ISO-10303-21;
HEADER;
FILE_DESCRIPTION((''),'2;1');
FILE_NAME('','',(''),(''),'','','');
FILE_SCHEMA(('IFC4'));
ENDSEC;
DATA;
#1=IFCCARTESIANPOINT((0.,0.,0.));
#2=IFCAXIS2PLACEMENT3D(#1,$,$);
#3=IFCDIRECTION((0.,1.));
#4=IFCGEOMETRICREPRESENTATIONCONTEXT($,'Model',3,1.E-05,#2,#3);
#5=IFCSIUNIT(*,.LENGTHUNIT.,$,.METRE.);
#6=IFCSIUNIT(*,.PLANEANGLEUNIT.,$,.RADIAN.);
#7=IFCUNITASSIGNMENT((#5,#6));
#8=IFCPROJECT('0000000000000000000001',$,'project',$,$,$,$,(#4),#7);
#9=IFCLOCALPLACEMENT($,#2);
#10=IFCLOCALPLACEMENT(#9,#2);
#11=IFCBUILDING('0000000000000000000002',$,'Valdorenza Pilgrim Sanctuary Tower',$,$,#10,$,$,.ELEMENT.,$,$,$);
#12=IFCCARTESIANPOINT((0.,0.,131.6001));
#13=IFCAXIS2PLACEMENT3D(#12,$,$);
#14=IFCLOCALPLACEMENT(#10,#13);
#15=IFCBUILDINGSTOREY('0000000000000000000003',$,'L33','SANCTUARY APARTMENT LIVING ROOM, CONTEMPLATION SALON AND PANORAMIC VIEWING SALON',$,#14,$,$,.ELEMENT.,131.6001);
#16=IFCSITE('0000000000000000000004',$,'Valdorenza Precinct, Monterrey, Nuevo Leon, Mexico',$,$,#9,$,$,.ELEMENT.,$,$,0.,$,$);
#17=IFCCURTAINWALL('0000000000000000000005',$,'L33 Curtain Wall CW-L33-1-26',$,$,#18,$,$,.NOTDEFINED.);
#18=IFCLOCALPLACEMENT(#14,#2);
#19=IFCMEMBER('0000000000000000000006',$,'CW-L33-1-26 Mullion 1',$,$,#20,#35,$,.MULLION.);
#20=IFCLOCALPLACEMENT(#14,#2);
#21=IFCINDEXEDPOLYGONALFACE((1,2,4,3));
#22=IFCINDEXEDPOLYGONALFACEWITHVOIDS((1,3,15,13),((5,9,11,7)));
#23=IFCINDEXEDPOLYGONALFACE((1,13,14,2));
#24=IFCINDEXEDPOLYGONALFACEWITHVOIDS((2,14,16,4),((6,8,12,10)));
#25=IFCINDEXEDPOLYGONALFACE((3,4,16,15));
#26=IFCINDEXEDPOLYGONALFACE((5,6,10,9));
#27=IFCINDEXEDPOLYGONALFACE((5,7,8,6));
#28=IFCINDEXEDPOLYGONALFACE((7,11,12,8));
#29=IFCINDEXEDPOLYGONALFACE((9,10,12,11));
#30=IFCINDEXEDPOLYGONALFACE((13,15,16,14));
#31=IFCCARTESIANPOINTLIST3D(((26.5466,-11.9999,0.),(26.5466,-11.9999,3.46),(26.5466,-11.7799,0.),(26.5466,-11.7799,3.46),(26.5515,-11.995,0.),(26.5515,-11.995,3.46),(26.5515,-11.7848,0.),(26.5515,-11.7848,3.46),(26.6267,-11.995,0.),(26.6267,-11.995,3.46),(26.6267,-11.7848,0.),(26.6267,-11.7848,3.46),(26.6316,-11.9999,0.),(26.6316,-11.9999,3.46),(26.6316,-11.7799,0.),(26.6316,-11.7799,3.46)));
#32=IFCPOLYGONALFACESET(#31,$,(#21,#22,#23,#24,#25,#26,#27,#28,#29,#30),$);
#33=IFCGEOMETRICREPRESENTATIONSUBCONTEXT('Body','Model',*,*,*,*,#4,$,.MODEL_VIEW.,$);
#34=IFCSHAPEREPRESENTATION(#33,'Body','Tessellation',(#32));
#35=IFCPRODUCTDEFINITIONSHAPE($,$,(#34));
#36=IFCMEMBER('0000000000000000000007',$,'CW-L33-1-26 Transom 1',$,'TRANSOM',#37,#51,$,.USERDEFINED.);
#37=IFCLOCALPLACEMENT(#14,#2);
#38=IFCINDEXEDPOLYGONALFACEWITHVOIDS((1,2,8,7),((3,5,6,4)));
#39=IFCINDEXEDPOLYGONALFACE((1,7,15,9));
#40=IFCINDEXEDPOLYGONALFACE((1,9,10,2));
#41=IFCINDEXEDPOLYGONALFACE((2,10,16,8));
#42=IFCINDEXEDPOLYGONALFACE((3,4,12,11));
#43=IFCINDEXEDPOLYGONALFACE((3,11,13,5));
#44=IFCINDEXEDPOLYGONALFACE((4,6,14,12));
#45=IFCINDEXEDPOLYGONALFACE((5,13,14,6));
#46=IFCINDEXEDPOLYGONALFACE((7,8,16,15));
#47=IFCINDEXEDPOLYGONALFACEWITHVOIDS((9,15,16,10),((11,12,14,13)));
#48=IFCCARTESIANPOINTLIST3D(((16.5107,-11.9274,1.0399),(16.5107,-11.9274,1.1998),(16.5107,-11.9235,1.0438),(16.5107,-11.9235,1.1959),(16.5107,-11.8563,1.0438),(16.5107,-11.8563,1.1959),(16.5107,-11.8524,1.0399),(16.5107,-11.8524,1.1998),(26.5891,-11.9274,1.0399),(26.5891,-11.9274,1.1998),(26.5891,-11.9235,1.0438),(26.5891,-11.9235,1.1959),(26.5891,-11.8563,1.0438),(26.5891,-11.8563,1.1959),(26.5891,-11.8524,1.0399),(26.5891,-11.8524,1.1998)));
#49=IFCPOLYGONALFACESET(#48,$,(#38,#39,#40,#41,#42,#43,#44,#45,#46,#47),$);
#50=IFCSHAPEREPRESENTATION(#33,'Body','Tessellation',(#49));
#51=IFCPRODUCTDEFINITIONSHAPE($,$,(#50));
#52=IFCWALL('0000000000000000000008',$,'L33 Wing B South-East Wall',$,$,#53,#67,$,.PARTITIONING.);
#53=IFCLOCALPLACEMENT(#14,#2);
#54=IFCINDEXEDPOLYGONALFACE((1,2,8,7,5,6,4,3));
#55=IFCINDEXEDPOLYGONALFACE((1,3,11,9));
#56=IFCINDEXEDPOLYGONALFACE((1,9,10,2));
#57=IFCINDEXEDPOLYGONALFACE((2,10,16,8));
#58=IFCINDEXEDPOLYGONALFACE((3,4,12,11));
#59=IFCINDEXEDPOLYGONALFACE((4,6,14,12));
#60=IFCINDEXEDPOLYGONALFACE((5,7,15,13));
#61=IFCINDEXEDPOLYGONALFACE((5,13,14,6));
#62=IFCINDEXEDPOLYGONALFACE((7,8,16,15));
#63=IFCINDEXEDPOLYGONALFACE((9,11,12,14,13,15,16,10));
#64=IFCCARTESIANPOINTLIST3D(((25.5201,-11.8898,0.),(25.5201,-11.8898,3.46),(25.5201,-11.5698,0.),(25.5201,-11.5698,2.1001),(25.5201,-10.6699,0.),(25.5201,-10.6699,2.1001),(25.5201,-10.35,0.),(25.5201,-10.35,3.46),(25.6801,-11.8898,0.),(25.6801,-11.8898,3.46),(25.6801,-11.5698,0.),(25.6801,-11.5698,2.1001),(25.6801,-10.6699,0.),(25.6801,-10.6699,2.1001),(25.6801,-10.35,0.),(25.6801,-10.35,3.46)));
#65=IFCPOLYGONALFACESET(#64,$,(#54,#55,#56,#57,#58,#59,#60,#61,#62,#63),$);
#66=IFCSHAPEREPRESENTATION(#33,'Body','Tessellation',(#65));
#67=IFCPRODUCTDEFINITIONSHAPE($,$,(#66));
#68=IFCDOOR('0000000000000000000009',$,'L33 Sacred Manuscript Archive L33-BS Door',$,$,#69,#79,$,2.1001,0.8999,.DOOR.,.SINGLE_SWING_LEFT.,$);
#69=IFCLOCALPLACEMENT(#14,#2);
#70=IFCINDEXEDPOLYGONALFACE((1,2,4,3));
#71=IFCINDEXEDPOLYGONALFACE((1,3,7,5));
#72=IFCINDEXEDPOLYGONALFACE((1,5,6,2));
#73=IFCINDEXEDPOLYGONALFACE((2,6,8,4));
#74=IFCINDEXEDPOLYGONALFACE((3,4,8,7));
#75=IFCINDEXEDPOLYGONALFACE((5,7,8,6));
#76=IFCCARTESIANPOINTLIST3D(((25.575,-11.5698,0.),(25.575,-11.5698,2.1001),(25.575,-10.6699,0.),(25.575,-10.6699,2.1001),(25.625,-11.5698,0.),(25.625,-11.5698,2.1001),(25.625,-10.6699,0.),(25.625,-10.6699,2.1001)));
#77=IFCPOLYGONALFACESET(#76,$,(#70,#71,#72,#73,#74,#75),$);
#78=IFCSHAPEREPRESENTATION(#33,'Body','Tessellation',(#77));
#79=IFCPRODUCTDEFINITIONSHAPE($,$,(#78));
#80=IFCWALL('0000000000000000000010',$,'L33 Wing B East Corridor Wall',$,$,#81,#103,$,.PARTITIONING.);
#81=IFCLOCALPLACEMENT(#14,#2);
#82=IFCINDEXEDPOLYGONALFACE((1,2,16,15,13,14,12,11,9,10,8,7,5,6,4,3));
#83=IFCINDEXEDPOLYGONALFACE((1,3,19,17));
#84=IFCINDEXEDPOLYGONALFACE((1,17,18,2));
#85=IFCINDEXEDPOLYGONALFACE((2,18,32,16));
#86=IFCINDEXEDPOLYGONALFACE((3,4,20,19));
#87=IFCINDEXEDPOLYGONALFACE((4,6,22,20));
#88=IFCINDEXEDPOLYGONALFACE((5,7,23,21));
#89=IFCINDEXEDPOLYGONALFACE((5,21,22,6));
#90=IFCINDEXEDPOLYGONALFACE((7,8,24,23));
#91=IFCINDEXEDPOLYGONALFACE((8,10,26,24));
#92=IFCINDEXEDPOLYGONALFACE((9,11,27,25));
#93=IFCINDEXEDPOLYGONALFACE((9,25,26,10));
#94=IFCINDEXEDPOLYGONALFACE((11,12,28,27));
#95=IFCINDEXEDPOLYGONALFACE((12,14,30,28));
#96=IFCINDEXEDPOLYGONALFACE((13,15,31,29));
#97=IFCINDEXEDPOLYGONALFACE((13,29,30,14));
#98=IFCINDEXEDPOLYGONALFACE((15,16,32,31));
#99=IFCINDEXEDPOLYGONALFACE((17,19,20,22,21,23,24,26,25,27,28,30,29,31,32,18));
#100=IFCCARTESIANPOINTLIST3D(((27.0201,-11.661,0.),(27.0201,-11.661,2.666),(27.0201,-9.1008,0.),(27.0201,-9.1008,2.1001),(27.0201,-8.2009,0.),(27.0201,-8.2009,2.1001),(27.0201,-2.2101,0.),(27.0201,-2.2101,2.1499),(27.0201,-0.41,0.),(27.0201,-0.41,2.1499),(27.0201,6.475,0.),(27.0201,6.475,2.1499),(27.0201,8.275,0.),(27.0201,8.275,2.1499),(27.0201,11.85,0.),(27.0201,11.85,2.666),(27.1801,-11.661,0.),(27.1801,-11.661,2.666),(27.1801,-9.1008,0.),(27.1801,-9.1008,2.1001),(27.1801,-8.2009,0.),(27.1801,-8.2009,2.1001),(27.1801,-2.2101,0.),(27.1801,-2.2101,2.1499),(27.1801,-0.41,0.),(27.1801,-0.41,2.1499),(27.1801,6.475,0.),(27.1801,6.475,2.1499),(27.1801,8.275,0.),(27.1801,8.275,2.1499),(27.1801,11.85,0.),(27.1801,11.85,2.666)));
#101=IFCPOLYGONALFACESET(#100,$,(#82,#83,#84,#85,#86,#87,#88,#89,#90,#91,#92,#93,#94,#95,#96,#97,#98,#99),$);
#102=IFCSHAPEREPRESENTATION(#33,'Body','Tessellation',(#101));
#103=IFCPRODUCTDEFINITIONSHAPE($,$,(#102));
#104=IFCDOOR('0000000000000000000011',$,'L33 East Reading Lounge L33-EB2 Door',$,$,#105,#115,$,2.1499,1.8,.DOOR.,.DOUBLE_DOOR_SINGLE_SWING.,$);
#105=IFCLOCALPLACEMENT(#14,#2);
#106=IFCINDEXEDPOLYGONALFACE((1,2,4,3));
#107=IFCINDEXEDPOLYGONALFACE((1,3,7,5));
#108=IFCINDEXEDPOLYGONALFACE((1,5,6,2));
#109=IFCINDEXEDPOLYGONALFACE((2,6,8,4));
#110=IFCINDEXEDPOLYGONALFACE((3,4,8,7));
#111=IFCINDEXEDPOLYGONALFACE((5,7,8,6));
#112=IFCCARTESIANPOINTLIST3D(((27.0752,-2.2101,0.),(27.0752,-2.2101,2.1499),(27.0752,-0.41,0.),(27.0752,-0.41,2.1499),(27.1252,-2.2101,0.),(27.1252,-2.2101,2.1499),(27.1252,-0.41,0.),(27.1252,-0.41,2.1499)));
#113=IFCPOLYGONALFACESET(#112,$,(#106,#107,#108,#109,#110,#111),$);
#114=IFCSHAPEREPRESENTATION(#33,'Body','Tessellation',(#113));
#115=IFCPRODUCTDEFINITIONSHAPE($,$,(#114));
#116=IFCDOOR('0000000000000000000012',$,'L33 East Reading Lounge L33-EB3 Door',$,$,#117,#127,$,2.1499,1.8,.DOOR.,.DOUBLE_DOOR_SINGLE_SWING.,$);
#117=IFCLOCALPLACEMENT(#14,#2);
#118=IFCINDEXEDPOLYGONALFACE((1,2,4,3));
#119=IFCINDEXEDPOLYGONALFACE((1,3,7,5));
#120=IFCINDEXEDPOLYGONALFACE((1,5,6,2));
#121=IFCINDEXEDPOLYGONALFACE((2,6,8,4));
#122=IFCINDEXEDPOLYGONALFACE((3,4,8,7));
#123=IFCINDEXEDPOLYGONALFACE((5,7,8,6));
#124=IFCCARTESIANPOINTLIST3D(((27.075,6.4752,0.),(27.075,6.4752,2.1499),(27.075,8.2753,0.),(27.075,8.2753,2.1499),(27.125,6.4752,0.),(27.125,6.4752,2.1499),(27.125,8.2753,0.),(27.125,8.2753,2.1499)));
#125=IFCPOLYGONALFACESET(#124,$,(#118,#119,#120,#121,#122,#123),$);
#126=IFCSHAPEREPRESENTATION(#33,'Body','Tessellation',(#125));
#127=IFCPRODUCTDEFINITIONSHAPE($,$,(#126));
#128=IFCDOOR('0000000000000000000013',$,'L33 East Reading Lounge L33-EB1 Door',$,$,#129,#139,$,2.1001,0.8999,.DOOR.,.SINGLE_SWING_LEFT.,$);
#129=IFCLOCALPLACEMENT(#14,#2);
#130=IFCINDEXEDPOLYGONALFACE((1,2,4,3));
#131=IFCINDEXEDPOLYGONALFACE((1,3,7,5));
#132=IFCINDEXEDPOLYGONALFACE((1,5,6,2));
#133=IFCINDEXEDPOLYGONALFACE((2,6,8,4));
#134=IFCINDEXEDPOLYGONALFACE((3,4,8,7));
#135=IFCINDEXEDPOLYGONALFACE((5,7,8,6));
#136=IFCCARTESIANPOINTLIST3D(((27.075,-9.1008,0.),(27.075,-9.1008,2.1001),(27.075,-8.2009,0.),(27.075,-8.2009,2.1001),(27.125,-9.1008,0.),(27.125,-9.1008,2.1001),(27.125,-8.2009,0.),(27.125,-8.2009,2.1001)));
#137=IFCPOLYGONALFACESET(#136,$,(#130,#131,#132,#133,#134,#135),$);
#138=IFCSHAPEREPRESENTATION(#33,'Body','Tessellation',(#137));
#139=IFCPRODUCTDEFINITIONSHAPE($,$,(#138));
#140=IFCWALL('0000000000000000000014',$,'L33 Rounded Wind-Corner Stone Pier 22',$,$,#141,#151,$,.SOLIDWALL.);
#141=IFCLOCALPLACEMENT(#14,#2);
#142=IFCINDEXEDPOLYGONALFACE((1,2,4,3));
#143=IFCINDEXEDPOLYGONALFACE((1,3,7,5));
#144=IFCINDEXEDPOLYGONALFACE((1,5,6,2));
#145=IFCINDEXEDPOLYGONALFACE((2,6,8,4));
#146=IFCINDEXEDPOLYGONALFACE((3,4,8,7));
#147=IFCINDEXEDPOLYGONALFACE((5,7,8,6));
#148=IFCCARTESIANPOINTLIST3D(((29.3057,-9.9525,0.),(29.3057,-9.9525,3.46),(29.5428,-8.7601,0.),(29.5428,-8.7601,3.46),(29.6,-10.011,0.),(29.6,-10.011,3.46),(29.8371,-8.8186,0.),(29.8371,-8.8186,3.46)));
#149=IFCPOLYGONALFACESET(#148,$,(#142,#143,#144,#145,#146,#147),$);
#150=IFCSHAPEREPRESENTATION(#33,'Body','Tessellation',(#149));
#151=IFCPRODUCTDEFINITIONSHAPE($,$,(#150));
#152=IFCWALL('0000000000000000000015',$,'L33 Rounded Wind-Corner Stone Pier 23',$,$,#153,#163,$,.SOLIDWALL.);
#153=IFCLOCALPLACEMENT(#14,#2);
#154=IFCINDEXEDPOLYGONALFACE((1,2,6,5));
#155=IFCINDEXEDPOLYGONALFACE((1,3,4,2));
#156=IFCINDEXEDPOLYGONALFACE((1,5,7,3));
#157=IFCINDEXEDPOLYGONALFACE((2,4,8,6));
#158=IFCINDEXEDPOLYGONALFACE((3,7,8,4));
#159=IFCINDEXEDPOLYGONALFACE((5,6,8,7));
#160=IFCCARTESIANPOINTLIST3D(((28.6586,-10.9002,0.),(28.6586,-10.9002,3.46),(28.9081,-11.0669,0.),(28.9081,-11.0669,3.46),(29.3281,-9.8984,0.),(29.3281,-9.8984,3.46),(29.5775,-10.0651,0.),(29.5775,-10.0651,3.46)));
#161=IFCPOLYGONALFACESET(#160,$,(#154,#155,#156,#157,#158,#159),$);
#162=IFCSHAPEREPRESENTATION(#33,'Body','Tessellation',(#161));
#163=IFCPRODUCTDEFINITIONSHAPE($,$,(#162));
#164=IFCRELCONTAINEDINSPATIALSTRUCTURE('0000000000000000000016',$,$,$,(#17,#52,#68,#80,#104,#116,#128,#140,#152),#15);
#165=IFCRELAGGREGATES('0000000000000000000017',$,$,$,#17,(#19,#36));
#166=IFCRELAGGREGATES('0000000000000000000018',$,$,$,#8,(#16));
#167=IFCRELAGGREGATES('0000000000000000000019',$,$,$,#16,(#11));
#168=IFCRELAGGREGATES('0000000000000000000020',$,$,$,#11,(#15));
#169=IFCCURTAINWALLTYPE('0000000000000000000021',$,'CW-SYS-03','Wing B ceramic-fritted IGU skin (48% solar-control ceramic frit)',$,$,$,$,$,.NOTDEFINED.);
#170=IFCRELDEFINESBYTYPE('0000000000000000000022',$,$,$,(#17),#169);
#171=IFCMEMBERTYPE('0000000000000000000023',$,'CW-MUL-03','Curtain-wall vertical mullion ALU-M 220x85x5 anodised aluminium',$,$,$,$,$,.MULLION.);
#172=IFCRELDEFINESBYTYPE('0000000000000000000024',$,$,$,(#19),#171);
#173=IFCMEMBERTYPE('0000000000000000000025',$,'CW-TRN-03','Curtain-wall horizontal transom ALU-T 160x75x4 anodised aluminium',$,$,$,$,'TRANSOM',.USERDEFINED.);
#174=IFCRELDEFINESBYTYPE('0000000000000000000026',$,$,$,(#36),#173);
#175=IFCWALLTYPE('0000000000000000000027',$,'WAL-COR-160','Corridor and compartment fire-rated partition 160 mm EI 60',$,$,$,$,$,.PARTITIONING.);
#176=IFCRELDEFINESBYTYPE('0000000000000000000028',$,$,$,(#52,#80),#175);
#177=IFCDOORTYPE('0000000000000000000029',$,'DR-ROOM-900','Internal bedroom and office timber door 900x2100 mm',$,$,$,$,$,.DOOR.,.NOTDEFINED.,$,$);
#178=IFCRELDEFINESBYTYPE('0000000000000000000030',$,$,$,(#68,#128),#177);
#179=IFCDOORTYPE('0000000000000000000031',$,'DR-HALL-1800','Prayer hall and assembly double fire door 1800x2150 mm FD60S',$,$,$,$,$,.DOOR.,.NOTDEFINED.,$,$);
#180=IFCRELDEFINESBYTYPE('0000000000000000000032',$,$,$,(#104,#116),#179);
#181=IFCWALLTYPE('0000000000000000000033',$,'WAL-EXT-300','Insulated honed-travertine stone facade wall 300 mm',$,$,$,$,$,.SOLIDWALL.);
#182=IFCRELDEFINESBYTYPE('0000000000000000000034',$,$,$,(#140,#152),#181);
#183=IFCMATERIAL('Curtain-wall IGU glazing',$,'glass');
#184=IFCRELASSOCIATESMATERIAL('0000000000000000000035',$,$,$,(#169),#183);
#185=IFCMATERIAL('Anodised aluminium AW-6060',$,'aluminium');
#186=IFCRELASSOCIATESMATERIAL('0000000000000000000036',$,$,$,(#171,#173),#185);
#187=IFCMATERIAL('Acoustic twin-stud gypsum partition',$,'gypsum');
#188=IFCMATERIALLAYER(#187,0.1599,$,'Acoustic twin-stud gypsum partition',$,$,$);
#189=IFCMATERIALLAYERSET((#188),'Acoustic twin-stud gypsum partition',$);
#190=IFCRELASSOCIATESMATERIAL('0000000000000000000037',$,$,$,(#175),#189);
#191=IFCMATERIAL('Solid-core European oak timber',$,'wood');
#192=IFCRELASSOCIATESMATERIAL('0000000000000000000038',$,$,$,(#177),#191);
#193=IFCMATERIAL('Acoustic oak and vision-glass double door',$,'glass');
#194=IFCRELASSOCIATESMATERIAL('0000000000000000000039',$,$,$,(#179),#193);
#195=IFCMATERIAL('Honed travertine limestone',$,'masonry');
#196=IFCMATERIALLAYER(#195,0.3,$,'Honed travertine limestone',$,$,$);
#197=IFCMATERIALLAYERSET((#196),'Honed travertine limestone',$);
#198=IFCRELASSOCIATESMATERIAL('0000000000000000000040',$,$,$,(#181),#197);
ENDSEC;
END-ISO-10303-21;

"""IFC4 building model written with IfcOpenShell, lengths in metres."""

from ifc_helpers import new_model, si_unit, direction, frame, frame_2d, origin, origin_2d, place, context, subcontext, project, spatial, rectangle, hollow_rectangle, extrude, source, transform, mapped, material, layer, layer_set, material_profile, profile_set, type_object, element, fill, aggregate, save


model = new_model("IFC4")

# Units and contexts
model_context = context("Model", 3, precision=1e-05, world=origin(), true_north=direction((0.0, 1.0)))
body_context = subcontext(model_context, "Body", "Model", "MODEL_VIEW")
ifc_project = project(units=[si_unit("LENGTHUNIT", "METRE"), si_unit("PLANEANGLEUNIT", "RADIAN")], contexts=[model_context])

# Site, building, storey
site_placement = place(None, origin())
site = spatial("IfcSite", under=ifc_project, at=site_placement, Name="Valdorenza Precinct, Monterrey, Nuevo Leon, Mexico", CompositionType="ELEMENT", RefElevation=0.0)
building_placement = place(site_placement, origin())
building = spatial("IfcBuilding", under=site, at=building_placement, Name="Valdorenza Pilgrim Sanctuary Tower", CompositionType="ELEMENT")
storey_placement = place(building_placement, frame((0.0, 0.0, 131.6001)))
storey = spatial("IfcBuildingStorey", under=building, at=storey_placement, Name="L33", Description="SANCTUARY APARTMENT LIVING ROOM, CONTEMPLATION SALON AND PANORAMIC VIEWING SALON", CompositionType="ELEMENT", Elevation=131.6001)

# Shared definitions
ifc_material_1 = material(Name="Curtain-wall IGU glazing", Category="glass")
curtain_wall_type = type_object("IfcCurtainWallType", Name="CW-SYS-03", Description="Wing B ceramic-fritted IGU skin (48% solar-control ceramic frit)", PredefinedType="NOTDEFINED", material=ifc_material_1)
ifc_material_2 = material(Name="Anodised aluminium AW-6060", Category="aluminium")
ifc_material_profile_1 = material_profile(ifc_material_2, hollow_rectangle(XDim=0.085, YDim=0.22, WallThickness=0.0049, at=origin_2d()), Name="ALU-M 220x85x5")
ifc_profile_set_1 = profile_set([ifc_material_profile_1], Name="Anodised aluminium AW-6060")
member_type_1 = type_object("IfcMemberType", Name="CW-MUL-03", Description="Curtain-wall vertical mullion ALU-M 220x85x5 anodised aluminium", PredefinedType="MULLION", material=ifc_profile_set_1)
shared_shape_1 = source(origin(), body_context, "Body", "SweptSolid", [
    extrude(hollow_rectangle(XDim=0.085, YDim=0.22, WallThickness=0.0049, at=origin_2d()), origin(), (0.0, 0.0, 1.0), 3.46),
])

# Curtain wall, members
curtain_wall_1_placement = place(storey_placement, origin())
curtain_wall_1 = element("IfcCurtainWall", 1, at=curtain_wall_1_placement, inside=storey, type_object=curtain_wall_type, Name="L33 Curtain Wall CW-L33-1-26", PredefinedType="NOTDEFINED")
member_1_placement = place(storey_placement, frame((26.5891, -11.8899, 0.0), z_axis=(0.0, 0.0, 1.0), x_axis=(-1.0, 0.0, 0.0)))
member_1 = element("IfcMember", 2, at=member_1_placement, type_object=member_type_1, Name="CW-L33-1-26 Mullion 1", PredefinedType="MULLION", context=body_context, shape_type="MappedRepresentation", body=[
    mapped(shared_shape_1, transform((0.0, 0.0, 0.0), x_axis=(1.0, 0.0, 0.0), y_axis=(0.0, 1.0, 0.0), z_axis=(0.0, 0.0, 1.0), scale=1.0)),
])
ifc_material_profile_2 = material_profile(ifc_material_2, hollow_rectangle(XDim=0.075, YDim=0.1599, WallThickness=0.0039, at=origin_2d()), Name="ALU-T 160x75x4")
ifc_profile_set_2 = profile_set([ifc_material_profile_2], Name="Anodised aluminium AW-6060")
member_type_2 = type_object("IfcMemberType", Name="CW-TRN-03", Description="Curtain-wall horizontal transom ALU-T 160x75x4 anodised aluminium", ElementType="TRANSOM", PredefinedType="USERDEFINED", material=ifc_profile_set_2)
shared_shape_2 = source(origin(), body_context, "Body", "SweptSolid", [
    extrude(hollow_rectangle(XDim=0.075, YDim=0.1599, WallThickness=0.0039, at=origin_2d()), origin(), (0.0, 0.0, 1.0), 10.0784),
])
member_2_placement = place(storey_placement, frame((26.5891, -11.8899, 1.1199), z_axis=(-1.0, 0.0, 0.0), x_axis=(0.0, -1.0, 0.0)))
member_2 = element("IfcMember", 3, at=member_2_placement, type_object=member_type_2, Name="CW-L33-1-26 Transom 1", ObjectType="TRANSOM", PredefinedType="USERDEFINED", context=body_context, shape_type="MappedRepresentation", body=[
    mapped(shared_shape_2, transform((0.0, 0.0, 0.0), x_axis=(1.0, 0.0, 0.0), y_axis=(0.0, 1.0, 0.0), z_axis=(0.0, 0.0, 1.0), scale=1.0)),
])
aggregate(curtain_wall_1, [member_1, member_2])

# Wall, opening, door
ifc_material_3 = material(Name="Acoustic twin-stud gypsum partition", Category="gypsum")
ifc_layer_1 = layer(ifc_material_3, 0.1599, Name="Acoustic twin-stud gypsum partition")
ifc_layer_set_1 = layer_set([ifc_layer_1], Name="Acoustic twin-stud gypsum partition")
wall_type_1 = type_object("IfcWallType", Name="WAL-COR-160", Description="Corridor and compartment fire-rated partition 160 mm EI 60", PredefinedType="PARTITIONING", material=ifc_layer_set_1)
wall_1_placement = place(storey_placement, frame((25.6001, -11.8899, 0.0), z_axis=(0.0, 0.0, 1.0), x_axis=(0.0, 1.0, 0.0)))
wall_1 = element("IfcWall", 4, at=wall_1_placement, inside=storey, type_object=wall_type_1, Name="L33 Wing B South-East Wall", PredefinedType="PARTITIONING", context=body_context, shape_type="SweptSolid", body=[
    extrude(rectangle(XDim=1.5398, YDim=0.1599, at=frame_2d((0.77, 0.0))), origin(), (0.0, 0.0, 1.0), 3.46),
])
opening_1_placement = place(wall_1_placement, frame((0.3201, 0.0, 0.0)))
opening_1 = element("IfcOpeningElement", 5, at=opening_1_placement, cuts=wall_1, PredefinedType="OPENING", context=body_context, shape_type="SweptSolid", body=[
    extrude(rectangle(XDim=0.8999, YDim=2.1001, at=frame_2d((0.45, 1.05))), frame((0.0, 0.0947, 0.0), z_axis=(0.0, -1.0, 0.0), x_axis=(1.0, 0.0, 0.0)), (0.0, 0.0, 1.0), 0.1897),
])
ifc_material_4 = material(Name="Solid-core European oak timber", Category="wood")
door_type_1 = type_object("IfcDoorType", Name="DR-ROOM-900", Description="Internal bedroom and office timber door 900x2100 mm", OperationType="NOTDEFINED", PredefinedType="DOOR", material=ifc_material_4)
door_1_placement = place(opening_1_placement, frame((0.8999, 0.0, 0.0), z_axis=(0.0, 0.0, 1.0), x_axis=(-1.0, 0.0, 0.0)))
door_1 = element("IfcDoor", 6, at=door_1_placement, inside=storey, type_object=door_type_1, Name="L33 Sacred Manuscript Archive L33-BS Door", OperationType="SINGLE_SWING_LEFT", OverallHeight=2.1001, OverallWidth=0.8999, PredefinedType="DOOR", context=body_context, shape_type="SweptSolid", body=[
    extrude(rectangle(XDim=0.8999, YDim=2.1001, at=frame_2d((0.45, 1.05))), frame((0.0, 0.0249, 0.0), z_axis=(0.0, -1.0, 0.0), x_axis=(1.0, 0.0, 0.0)), (0.0, 0.0, 1.0), 0.05),
])
fill(opening_1, door_1)

# Wall, openings, doors
wall_2_placement = place(storey_placement, frame((27.1001, -11.6609, 0.0), z_axis=(0.0, 0.0, 1.0), x_axis=(0.0, 1.0, 0.0)))
wall_2 = element("IfcWall", 7, at=wall_2_placement, inside=storey, type_object=wall_type_1, Name="L33 Wing B East Corridor Wall", PredefinedType="PARTITIONING", context=body_context, shape_type="SweptSolid", body=[
    extrude(rectangle(XDim=23.511, YDim=0.1599, at=frame_2d((11.7554, 0.0))), origin(), (0.0, 0.0, 1.0), 2.666),
])
opening_2_placement = place(wall_2_placement, frame((2.5601, 0.0, 0.0)))
opening_2 = element("IfcOpeningElement", 8, at=opening_2_placement, cuts=wall_2, PredefinedType="OPENING", context=body_context, shape_type="SweptSolid", body=[
    extrude(rectangle(XDim=0.8999, YDim=2.1001, at=frame_2d((0.45, 1.05))), frame((0.0, 0.0947, 0.0), z_axis=(0.0, -1.0, 0.0), x_axis=(1.0, 0.0, 0.0)), (0.0, 0.0, 1.0), 0.1897),
])
opening_3_placement = place(wall_2_placement, frame((9.4509, 0.0, 0.0)))
opening_3 = element("IfcOpeningElement", 9, at=opening_3_placement, cuts=wall_2, PredefinedType="OPENING", context=body_context, shape_type="SweptSolid", body=[
    extrude(rectangle(XDim=1.8, YDim=2.1499, at=frame_2d((0.8999, 1.075))), frame((0.0, 0.0947, 0.0), z_axis=(0.0, -1.0, 0.0), x_axis=(1.0, 0.0, 0.0)), (0.0, 0.0, 1.0), 0.1897),
])
opening_4_placement = place(wall_2_placement, frame((18.136, 0.0, 0.0)))
opening_4 = element("IfcOpeningElement", 10, at=opening_4_placement, cuts=wall_2, PredefinedType="OPENING", context=body_context, shape_type="SweptSolid", body=[
    extrude(rectangle(XDim=1.8, YDim=2.1499, at=frame_2d((0.8999, 1.075))), frame((0.0, 0.0947, 0.0), z_axis=(0.0, -1.0, 0.0), x_axis=(1.0, 0.0, 0.0)), (0.0, 0.0, 1.0), 0.1897),
])
ifc_material_5 = material(Name="Acoustic oak and vision-glass double door", Category="glass")
door_type_2 = type_object("IfcDoorType", Name="DR-HALL-1800", Description="Prayer hall and assembly double fire door 1800x2150 mm FD60S", OperationType="NOTDEFINED", PredefinedType="DOOR", material=ifc_material_5)
door_2_placement = place(opening_3_placement, origin())
door_2 = element("IfcDoor", 11, at=door_2_placement, inside=storey, type_object=door_type_2, Name="L33 East Reading Lounge L33-EB2 Door", OperationType="DOUBLE_DOOR_SINGLE_SWING", OverallHeight=2.1499, OverallWidth=1.8, PredefinedType="DOOR", context=body_context, shape_type="SweptSolid", body=[
    extrude(rectangle(XDim=1.8, YDim=2.1499, at=frame_2d((0.8999, 1.075))), frame((0.0, 0.0249, 0.0), z_axis=(0.0, -1.0, 0.0), x_axis=(1.0, 0.0, 0.0)), (0.0, 0.0, 1.0), 0.05),
])
fill(opening_3, door_2)
door_3_placement = place(opening_4_placement, frame((1.8, 0.0, 0.0), z_axis=(0.0, 0.0, 1.0), x_axis=(-1.0, 0.0, 0.0)))
door_3 = element("IfcDoor", 12, at=door_3_placement, inside=storey, type_object=door_type_2, Name="L33 East Reading Lounge L33-EB3 Door", OperationType="DOUBLE_DOOR_SINGLE_SWING", OverallHeight=2.1499, OverallWidth=1.8, PredefinedType="DOOR", context=body_context, shape_type="SweptSolid", body=[
    extrude(rectangle(XDim=1.8, YDim=2.1499, at=frame_2d((0.8999, 1.075))), frame((0.0, 0.0249, 0.0), z_axis=(0.0, -1.0, 0.0), x_axis=(1.0, 0.0, 0.0)), (0.0, 0.0, 1.0), 0.05),
])
fill(opening_4, door_3)
door_4_placement = place(opening_2_placement, frame((0.8999, 0.0, 0.0), z_axis=(0.0, 0.0, 1.0), x_axis=(-1.0, 0.0, 0.0)))
door_4 = element("IfcDoor", 13, at=door_4_placement, inside=storey, type_object=door_type_1, Name="L33 East Reading Lounge L33-EB1 Door", OperationType="SINGLE_SWING_LEFT", OverallHeight=2.1001, OverallWidth=0.8999, PredefinedType="DOOR", context=body_context, shape_type="SweptSolid", body=[
    extrude(rectangle(XDim=0.8999, YDim=2.1001, at=frame_2d((0.45, 1.05))), frame((0.0, 0.0249, 0.0), z_axis=(0.0, -1.0, 0.0), x_axis=(1.0, 0.0, 0.0)), (0.0, 0.0, 1.0), 0.05),
])
fill(opening_2, door_4)

# Walls
ifc_material_6 = material(Name="Honed travertine limestone", Category="masonry")
ifc_layer_2 = layer(ifc_material_6, 0.3, Name="Honed travertine limestone")
ifc_layer_set_2 = layer_set([ifc_layer_2], Name="Honed travertine limestone")
wall_type_2 = type_object("IfcWallType", Name="WAL-EXT-300", Description="Insulated honed-travertine stone facade wall 300 mm", PredefinedType="SOLIDWALL", material=ifc_layer_set_2)
wall_3_placement = place(storey_placement, frame((29.6899, -8.7893, 0.0), z_axis=(0.0, 0.0, 1.0), x_axis=(-0.194996, -0.980804, 0.0)))
element("IfcWall", 14, at=wall_3_placement, inside=storey, type_object=wall_type_2, Name="L33 Rounded Wind-Corner Stone Pier 22", PredefinedType="SOLIDWALL", context=body_context, shape_type="SweptSolid", body=[
    extrude(rectangle(XDim=1.2158, YDim=0.3, at=frame_2d((0.6079, 0.0))), origin(), (0.0, 0.0, 1.0), 3.46),
])
for number, where, z_axis, x_axis, name in (
    (15, (29.4529, -9.9817, 0.0), (0.0, 0.0, 1.0), (-0.555635, -0.831426, 0.0), "L33 Rounded Wind-Corner Stone Pier 23"),
):
    element("IfcWall", number, at=place(storey_placement, frame(where, z_axis=z_axis, x_axis=x_axis)), inside=storey, type_object=wall_type_2, Name=name, PredefinedType="SOLIDWALL", context=body_context, shape_type="SweptSolid", body=[
        extrude(rectangle(XDim=1.2048, YDim=0.3, at=frame_2d((0.6025, 0.0))), origin(), (0.0, 0.0, 1.0), 3.46),
    ])

save(model, "model.ifc")
